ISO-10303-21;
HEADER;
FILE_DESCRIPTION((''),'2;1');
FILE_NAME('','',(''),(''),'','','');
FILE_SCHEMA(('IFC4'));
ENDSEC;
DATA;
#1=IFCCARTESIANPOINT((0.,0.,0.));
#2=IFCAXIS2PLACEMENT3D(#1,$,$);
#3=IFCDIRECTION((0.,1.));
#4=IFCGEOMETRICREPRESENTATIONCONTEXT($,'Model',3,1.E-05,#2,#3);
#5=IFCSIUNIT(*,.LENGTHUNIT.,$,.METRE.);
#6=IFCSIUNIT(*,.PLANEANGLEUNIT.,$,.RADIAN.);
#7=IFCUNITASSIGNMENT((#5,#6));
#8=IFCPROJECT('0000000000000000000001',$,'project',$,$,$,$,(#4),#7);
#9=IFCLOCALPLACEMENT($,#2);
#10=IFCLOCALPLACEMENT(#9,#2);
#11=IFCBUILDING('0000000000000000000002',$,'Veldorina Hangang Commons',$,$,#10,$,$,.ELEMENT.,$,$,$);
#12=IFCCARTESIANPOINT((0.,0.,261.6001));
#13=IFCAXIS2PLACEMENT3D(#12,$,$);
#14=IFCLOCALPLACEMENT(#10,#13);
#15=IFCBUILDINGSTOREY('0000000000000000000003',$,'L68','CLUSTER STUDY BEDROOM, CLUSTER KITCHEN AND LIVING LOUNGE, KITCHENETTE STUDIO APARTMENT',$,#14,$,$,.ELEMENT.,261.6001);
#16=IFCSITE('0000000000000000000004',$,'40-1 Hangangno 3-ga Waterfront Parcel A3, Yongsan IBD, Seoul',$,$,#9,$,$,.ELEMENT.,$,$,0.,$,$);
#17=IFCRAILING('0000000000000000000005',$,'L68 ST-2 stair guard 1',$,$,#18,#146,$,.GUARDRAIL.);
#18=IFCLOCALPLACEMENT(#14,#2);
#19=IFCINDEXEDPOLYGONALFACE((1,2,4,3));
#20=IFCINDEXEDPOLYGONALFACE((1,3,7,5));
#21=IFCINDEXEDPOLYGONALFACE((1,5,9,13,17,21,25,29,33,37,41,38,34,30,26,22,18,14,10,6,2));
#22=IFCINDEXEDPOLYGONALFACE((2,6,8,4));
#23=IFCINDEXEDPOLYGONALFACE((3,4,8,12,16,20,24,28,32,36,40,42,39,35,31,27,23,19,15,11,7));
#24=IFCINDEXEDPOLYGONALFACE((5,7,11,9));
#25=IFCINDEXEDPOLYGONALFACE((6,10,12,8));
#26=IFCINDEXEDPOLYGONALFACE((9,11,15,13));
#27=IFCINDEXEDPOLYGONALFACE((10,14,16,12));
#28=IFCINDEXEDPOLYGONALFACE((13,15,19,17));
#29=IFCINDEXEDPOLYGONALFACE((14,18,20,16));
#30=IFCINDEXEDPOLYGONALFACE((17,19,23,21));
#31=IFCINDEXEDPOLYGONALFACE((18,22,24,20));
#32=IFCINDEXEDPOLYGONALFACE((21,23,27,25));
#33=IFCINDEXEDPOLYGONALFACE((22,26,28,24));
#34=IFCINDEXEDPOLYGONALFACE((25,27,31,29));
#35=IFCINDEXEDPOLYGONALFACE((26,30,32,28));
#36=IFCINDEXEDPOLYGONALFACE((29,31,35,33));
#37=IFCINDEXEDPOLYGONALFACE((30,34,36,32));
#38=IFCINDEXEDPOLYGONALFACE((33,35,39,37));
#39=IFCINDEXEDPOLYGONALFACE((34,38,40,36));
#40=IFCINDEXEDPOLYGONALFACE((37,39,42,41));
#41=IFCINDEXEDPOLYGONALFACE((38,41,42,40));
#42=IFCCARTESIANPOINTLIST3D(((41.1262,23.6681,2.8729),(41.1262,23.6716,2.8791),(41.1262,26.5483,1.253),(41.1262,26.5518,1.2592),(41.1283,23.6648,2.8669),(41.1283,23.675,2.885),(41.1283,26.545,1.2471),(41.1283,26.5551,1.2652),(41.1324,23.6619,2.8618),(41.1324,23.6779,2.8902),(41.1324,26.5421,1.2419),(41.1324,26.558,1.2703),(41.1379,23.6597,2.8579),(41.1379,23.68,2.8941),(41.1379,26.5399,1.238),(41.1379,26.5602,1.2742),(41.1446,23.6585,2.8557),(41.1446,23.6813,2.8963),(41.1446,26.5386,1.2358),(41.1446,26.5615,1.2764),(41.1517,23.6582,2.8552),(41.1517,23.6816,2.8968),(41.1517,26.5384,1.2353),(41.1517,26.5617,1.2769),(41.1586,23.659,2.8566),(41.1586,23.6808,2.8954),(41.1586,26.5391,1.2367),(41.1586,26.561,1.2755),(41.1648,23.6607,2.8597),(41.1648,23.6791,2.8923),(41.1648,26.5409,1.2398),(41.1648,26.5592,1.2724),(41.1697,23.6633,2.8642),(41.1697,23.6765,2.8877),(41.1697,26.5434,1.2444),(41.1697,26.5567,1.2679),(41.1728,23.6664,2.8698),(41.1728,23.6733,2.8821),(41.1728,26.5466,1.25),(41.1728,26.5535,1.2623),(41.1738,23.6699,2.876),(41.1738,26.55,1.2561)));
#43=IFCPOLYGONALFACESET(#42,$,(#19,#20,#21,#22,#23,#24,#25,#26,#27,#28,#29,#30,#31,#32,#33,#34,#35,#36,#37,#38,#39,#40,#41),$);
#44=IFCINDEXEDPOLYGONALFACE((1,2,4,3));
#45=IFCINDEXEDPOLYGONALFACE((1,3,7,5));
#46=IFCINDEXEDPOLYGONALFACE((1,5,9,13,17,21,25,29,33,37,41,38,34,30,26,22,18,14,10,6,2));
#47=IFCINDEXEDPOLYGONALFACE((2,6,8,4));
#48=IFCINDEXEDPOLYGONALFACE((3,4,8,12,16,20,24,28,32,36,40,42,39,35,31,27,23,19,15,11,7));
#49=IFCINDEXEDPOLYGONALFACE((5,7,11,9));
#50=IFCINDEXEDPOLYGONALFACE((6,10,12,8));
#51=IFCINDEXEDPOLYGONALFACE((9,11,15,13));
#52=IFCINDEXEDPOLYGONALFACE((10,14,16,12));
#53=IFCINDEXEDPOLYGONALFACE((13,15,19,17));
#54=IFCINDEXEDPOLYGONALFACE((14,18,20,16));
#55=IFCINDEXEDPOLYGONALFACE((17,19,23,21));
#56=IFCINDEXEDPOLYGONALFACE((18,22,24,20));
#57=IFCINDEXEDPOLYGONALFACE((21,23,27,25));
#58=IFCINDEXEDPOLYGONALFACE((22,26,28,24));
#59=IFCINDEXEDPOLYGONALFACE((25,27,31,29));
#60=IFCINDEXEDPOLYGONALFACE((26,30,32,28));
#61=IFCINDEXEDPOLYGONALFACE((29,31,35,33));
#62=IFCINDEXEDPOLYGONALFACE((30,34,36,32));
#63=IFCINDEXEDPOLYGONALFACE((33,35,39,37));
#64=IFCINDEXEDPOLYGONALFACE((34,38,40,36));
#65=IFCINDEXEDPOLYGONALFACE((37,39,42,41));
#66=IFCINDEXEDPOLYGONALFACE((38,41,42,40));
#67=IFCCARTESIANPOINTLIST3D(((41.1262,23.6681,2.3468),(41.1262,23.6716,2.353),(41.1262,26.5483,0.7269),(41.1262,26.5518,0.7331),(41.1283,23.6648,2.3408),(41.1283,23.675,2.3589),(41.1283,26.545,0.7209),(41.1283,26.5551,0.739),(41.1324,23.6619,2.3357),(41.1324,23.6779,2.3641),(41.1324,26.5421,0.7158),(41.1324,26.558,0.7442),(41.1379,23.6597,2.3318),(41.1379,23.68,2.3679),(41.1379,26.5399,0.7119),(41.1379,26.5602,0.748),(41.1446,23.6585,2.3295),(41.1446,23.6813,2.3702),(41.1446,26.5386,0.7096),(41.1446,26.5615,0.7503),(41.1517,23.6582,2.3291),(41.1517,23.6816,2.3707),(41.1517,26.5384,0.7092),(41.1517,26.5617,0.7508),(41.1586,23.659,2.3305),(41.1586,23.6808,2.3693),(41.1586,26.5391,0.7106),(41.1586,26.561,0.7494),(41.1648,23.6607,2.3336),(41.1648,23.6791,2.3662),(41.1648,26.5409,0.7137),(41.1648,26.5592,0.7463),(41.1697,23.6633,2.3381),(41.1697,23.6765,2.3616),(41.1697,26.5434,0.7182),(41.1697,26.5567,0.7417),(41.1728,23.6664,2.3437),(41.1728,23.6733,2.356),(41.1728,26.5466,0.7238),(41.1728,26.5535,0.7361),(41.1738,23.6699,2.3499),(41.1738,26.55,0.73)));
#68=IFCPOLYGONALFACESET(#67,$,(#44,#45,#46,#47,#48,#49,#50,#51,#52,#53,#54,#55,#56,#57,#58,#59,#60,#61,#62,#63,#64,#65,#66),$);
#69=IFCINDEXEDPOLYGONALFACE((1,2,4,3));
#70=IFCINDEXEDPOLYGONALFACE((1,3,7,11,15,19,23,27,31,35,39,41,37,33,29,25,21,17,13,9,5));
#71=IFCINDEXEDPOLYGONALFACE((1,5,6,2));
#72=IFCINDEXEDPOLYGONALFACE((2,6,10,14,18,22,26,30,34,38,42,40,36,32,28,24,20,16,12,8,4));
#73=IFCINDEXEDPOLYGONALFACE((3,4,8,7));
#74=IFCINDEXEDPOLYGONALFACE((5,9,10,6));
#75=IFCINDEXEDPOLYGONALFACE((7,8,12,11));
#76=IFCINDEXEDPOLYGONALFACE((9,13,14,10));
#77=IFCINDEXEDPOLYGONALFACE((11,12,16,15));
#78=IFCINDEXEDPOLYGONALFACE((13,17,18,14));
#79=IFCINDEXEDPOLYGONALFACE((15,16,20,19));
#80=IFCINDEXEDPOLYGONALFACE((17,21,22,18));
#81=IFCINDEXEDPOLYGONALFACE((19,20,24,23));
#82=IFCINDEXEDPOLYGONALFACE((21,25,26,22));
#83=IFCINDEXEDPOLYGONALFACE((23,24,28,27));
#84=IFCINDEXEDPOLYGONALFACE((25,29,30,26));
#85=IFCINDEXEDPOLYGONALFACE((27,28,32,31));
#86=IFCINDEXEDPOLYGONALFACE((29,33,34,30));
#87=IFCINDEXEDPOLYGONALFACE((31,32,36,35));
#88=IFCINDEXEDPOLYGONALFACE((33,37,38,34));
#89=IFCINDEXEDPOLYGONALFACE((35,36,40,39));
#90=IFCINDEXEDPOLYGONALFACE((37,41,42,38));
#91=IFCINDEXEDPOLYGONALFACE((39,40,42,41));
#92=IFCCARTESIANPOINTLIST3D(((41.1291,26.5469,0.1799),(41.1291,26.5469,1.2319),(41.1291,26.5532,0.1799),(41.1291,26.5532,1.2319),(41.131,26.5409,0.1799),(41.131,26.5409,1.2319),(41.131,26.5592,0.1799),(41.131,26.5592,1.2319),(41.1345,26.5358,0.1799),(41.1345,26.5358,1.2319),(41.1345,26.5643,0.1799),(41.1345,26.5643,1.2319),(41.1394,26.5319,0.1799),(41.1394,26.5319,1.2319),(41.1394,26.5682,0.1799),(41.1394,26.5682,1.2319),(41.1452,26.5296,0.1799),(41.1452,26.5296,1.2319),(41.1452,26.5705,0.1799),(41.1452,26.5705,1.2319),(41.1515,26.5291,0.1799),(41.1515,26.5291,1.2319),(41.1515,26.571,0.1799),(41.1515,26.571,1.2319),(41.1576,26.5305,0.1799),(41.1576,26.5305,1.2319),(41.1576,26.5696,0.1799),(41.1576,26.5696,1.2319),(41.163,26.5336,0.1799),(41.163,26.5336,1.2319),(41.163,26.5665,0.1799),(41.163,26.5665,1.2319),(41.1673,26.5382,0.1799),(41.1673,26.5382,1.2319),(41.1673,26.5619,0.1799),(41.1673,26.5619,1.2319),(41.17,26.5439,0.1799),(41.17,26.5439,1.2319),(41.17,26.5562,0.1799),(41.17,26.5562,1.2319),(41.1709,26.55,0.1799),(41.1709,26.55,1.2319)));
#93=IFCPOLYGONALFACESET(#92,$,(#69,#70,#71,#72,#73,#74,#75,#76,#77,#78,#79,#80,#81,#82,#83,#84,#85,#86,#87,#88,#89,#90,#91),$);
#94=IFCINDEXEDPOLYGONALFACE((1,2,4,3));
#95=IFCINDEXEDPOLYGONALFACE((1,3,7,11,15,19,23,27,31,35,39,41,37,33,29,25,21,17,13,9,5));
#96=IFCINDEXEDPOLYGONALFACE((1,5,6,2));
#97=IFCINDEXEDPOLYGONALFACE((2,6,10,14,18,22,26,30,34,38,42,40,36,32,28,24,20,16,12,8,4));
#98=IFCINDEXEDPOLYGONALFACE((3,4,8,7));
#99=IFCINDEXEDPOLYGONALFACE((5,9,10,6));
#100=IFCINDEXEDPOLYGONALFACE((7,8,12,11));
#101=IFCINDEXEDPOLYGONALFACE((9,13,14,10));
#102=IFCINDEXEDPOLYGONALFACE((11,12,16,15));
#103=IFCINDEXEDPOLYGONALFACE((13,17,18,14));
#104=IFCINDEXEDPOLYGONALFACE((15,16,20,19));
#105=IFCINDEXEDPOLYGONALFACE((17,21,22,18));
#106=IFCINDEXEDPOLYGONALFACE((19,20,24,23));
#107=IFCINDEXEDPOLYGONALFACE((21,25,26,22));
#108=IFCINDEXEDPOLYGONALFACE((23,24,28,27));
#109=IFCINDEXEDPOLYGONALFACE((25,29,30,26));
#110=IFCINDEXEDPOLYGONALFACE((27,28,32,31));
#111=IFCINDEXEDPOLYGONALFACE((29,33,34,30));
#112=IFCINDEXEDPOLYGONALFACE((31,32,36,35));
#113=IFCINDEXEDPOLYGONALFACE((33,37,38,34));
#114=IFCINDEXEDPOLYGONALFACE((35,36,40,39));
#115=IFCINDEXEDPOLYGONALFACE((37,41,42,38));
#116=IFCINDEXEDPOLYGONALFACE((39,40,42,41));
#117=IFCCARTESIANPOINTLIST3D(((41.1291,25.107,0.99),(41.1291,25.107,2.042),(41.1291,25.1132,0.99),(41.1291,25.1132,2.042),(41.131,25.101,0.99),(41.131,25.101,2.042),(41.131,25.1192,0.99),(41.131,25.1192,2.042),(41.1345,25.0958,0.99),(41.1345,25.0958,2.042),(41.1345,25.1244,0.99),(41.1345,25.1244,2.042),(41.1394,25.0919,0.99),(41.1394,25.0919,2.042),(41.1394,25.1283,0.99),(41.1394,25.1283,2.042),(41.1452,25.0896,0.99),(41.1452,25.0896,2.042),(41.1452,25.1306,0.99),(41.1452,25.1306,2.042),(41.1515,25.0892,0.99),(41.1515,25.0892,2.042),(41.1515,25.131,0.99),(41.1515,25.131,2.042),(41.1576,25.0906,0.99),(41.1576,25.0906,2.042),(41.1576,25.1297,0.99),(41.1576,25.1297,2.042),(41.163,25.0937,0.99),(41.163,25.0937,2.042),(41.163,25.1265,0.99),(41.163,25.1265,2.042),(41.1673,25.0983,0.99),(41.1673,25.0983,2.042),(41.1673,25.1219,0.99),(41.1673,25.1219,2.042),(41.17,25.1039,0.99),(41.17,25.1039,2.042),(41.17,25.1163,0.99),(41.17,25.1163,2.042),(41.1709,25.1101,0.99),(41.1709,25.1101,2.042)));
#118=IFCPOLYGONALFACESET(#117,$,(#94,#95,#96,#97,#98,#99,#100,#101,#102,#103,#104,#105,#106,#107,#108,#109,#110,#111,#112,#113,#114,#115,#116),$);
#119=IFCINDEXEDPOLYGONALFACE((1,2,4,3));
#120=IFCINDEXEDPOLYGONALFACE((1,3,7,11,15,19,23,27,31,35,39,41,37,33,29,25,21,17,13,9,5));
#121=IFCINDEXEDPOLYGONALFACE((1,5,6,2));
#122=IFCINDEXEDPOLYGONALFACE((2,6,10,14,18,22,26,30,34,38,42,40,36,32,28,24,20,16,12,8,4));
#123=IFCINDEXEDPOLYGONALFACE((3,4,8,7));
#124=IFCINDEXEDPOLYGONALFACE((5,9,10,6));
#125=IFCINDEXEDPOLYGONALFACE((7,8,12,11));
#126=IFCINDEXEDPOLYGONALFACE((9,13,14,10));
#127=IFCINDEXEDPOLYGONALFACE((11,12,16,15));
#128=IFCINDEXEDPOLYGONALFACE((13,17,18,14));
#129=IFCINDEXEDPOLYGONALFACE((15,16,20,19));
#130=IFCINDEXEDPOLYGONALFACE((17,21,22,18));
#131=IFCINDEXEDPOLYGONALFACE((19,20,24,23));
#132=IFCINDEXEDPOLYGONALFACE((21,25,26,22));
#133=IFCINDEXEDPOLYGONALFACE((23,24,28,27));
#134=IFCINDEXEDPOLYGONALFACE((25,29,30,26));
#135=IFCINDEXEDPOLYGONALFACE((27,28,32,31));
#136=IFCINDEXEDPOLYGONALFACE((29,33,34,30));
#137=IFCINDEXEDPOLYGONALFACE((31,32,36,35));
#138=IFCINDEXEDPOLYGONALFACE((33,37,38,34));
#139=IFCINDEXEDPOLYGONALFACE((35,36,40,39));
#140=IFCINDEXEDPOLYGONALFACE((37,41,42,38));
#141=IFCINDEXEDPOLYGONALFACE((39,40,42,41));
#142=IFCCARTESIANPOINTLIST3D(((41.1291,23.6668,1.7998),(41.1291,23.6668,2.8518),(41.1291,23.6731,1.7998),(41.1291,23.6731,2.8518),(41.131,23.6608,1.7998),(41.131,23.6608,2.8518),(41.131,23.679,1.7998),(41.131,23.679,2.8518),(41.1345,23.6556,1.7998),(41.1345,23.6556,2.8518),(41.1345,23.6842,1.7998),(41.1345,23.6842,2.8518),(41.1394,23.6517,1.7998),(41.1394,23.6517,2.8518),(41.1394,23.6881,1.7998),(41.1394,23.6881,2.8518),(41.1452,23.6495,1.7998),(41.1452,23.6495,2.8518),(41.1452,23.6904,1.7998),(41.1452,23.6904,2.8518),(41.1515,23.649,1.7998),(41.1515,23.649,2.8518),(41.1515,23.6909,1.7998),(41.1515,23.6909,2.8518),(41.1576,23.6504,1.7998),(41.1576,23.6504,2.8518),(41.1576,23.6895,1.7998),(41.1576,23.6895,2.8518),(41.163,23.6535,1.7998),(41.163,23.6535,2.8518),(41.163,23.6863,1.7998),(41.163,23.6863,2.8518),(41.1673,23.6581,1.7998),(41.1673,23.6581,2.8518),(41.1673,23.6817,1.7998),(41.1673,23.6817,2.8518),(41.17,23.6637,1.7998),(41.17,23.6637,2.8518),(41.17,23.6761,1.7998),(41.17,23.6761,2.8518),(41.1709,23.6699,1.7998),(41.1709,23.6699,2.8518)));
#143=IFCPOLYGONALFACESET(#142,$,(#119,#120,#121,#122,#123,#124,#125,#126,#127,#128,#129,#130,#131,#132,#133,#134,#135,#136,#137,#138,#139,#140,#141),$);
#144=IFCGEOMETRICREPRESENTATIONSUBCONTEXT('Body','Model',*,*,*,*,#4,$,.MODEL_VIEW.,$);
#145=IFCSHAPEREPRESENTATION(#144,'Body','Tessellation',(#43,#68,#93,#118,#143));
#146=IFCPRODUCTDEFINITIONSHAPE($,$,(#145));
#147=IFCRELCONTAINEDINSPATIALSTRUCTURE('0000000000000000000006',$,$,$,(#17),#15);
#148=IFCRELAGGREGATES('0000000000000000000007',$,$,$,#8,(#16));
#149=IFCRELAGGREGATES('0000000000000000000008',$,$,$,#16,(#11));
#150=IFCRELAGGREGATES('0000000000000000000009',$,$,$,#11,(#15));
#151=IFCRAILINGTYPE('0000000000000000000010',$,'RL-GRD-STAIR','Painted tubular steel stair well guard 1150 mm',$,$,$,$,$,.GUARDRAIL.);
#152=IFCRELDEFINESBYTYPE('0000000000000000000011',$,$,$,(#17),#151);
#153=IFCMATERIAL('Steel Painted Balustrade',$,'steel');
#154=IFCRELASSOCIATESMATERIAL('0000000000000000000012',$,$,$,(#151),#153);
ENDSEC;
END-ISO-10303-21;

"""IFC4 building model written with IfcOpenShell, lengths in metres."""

from ifc_helpers import new_model, si_unit, direction, frame, origin, origin_2d, place, context, subcontext, project, spatial, circle, extrude, material, type_object, element, save


model = new_model("IFC4")

# Units and contexts
model_context = context("Model", 3, precision=1e-05, world=origin(), true_north=direction((0.0, 1.0)))
body_context = subcontext(model_context, "Body", "Model", "MODEL_VIEW")
ifc_project = project(units=[si_unit("LENGTHUNIT", "METRE"), si_unit("PLANEANGLEUNIT", "RADIAN")], contexts=[model_context])

# Site, building, storey
site_placement = place(None, origin())
site = spatial("IfcSite", under=ifc_project, at=site_placement, Name="40-1 Hangangno 3-ga Waterfront Parcel A3, Yongsan IBD, Seoul", CompositionType="ELEMENT", RefElevation=0.0)
building_placement = place(site_placement, origin())
building = spatial("IfcBuilding", under=site, at=building_placement, Name="Veldorina Hangang Commons", CompositionType="ELEMENT")
storey_placement = place(building_placement, frame((0.0, 0.0, 261.6001)))
storey = spatial("IfcBuildingStorey", under=building, at=storey_placement, Name="L68", Description="CLUSTER STUDY BEDROOM, CLUSTER KITCHEN AND LIVING LOUNGE, KITCHENETTE STUDIO APARTMENT", CompositionType="ELEMENT", Elevation=261.6001)

# Railing
ifc_material_1 = material(Name="Steel Painted Balustrade", Category="steel")
railing_type_1 = type_object("IfcRailingType", Name="RL-GRD-STAIR", Description="Painted tubular steel stair well guard 1150 mm", PredefinedType="GUARDRAIL", material=ifc_material_1)
railing_1_placement = place(storey_placement, frame((41.1499, 26.55, 0.1799)))
element("IfcRailing", 1, at=railing_1_placement, inside=storey, type_object=railing_type_1, Name="L68 ST-2 stair guard 1", PredefinedType="GUARDRAIL", context=body_context, shape_type="SweptSolid", body=[
    extrude(circle(Radius=0.0239, at=origin_2d()), frame((0.0, 0.0, 1.0762), z_axis=(0.0, -0.871601, 0.490216), x_axis=(1.0, 0.0, 0.0)), (0.0, 0.0, 1.0), 3.3044),
    extrude(circle(Radius=0.0239, at=origin_2d()), frame((0.0, 0.0, 0.55), z_axis=(0.0, -0.871601, 0.490216), x_axis=(1.0, 0.0, 0.0)), (0.0, 0.0, 1.0), 3.3044),
    extrude(circle(Radius=0.021, at=origin_2d()), origin(), (0.0, 0.0, 1.0), 1.052),
    extrude(circle(Radius=0.021, at=origin_2d()), frame((0.0, -1.4399, 0.8101)), (0.0, 0.0, 1.0), 1.052),
    extrude(circle(Radius=0.021, at=origin_2d()), frame((0.0, -2.8801, 1.6199)), (0.0, 0.0, 1.0), 1.052),
])

save(model, "model.ifc")
